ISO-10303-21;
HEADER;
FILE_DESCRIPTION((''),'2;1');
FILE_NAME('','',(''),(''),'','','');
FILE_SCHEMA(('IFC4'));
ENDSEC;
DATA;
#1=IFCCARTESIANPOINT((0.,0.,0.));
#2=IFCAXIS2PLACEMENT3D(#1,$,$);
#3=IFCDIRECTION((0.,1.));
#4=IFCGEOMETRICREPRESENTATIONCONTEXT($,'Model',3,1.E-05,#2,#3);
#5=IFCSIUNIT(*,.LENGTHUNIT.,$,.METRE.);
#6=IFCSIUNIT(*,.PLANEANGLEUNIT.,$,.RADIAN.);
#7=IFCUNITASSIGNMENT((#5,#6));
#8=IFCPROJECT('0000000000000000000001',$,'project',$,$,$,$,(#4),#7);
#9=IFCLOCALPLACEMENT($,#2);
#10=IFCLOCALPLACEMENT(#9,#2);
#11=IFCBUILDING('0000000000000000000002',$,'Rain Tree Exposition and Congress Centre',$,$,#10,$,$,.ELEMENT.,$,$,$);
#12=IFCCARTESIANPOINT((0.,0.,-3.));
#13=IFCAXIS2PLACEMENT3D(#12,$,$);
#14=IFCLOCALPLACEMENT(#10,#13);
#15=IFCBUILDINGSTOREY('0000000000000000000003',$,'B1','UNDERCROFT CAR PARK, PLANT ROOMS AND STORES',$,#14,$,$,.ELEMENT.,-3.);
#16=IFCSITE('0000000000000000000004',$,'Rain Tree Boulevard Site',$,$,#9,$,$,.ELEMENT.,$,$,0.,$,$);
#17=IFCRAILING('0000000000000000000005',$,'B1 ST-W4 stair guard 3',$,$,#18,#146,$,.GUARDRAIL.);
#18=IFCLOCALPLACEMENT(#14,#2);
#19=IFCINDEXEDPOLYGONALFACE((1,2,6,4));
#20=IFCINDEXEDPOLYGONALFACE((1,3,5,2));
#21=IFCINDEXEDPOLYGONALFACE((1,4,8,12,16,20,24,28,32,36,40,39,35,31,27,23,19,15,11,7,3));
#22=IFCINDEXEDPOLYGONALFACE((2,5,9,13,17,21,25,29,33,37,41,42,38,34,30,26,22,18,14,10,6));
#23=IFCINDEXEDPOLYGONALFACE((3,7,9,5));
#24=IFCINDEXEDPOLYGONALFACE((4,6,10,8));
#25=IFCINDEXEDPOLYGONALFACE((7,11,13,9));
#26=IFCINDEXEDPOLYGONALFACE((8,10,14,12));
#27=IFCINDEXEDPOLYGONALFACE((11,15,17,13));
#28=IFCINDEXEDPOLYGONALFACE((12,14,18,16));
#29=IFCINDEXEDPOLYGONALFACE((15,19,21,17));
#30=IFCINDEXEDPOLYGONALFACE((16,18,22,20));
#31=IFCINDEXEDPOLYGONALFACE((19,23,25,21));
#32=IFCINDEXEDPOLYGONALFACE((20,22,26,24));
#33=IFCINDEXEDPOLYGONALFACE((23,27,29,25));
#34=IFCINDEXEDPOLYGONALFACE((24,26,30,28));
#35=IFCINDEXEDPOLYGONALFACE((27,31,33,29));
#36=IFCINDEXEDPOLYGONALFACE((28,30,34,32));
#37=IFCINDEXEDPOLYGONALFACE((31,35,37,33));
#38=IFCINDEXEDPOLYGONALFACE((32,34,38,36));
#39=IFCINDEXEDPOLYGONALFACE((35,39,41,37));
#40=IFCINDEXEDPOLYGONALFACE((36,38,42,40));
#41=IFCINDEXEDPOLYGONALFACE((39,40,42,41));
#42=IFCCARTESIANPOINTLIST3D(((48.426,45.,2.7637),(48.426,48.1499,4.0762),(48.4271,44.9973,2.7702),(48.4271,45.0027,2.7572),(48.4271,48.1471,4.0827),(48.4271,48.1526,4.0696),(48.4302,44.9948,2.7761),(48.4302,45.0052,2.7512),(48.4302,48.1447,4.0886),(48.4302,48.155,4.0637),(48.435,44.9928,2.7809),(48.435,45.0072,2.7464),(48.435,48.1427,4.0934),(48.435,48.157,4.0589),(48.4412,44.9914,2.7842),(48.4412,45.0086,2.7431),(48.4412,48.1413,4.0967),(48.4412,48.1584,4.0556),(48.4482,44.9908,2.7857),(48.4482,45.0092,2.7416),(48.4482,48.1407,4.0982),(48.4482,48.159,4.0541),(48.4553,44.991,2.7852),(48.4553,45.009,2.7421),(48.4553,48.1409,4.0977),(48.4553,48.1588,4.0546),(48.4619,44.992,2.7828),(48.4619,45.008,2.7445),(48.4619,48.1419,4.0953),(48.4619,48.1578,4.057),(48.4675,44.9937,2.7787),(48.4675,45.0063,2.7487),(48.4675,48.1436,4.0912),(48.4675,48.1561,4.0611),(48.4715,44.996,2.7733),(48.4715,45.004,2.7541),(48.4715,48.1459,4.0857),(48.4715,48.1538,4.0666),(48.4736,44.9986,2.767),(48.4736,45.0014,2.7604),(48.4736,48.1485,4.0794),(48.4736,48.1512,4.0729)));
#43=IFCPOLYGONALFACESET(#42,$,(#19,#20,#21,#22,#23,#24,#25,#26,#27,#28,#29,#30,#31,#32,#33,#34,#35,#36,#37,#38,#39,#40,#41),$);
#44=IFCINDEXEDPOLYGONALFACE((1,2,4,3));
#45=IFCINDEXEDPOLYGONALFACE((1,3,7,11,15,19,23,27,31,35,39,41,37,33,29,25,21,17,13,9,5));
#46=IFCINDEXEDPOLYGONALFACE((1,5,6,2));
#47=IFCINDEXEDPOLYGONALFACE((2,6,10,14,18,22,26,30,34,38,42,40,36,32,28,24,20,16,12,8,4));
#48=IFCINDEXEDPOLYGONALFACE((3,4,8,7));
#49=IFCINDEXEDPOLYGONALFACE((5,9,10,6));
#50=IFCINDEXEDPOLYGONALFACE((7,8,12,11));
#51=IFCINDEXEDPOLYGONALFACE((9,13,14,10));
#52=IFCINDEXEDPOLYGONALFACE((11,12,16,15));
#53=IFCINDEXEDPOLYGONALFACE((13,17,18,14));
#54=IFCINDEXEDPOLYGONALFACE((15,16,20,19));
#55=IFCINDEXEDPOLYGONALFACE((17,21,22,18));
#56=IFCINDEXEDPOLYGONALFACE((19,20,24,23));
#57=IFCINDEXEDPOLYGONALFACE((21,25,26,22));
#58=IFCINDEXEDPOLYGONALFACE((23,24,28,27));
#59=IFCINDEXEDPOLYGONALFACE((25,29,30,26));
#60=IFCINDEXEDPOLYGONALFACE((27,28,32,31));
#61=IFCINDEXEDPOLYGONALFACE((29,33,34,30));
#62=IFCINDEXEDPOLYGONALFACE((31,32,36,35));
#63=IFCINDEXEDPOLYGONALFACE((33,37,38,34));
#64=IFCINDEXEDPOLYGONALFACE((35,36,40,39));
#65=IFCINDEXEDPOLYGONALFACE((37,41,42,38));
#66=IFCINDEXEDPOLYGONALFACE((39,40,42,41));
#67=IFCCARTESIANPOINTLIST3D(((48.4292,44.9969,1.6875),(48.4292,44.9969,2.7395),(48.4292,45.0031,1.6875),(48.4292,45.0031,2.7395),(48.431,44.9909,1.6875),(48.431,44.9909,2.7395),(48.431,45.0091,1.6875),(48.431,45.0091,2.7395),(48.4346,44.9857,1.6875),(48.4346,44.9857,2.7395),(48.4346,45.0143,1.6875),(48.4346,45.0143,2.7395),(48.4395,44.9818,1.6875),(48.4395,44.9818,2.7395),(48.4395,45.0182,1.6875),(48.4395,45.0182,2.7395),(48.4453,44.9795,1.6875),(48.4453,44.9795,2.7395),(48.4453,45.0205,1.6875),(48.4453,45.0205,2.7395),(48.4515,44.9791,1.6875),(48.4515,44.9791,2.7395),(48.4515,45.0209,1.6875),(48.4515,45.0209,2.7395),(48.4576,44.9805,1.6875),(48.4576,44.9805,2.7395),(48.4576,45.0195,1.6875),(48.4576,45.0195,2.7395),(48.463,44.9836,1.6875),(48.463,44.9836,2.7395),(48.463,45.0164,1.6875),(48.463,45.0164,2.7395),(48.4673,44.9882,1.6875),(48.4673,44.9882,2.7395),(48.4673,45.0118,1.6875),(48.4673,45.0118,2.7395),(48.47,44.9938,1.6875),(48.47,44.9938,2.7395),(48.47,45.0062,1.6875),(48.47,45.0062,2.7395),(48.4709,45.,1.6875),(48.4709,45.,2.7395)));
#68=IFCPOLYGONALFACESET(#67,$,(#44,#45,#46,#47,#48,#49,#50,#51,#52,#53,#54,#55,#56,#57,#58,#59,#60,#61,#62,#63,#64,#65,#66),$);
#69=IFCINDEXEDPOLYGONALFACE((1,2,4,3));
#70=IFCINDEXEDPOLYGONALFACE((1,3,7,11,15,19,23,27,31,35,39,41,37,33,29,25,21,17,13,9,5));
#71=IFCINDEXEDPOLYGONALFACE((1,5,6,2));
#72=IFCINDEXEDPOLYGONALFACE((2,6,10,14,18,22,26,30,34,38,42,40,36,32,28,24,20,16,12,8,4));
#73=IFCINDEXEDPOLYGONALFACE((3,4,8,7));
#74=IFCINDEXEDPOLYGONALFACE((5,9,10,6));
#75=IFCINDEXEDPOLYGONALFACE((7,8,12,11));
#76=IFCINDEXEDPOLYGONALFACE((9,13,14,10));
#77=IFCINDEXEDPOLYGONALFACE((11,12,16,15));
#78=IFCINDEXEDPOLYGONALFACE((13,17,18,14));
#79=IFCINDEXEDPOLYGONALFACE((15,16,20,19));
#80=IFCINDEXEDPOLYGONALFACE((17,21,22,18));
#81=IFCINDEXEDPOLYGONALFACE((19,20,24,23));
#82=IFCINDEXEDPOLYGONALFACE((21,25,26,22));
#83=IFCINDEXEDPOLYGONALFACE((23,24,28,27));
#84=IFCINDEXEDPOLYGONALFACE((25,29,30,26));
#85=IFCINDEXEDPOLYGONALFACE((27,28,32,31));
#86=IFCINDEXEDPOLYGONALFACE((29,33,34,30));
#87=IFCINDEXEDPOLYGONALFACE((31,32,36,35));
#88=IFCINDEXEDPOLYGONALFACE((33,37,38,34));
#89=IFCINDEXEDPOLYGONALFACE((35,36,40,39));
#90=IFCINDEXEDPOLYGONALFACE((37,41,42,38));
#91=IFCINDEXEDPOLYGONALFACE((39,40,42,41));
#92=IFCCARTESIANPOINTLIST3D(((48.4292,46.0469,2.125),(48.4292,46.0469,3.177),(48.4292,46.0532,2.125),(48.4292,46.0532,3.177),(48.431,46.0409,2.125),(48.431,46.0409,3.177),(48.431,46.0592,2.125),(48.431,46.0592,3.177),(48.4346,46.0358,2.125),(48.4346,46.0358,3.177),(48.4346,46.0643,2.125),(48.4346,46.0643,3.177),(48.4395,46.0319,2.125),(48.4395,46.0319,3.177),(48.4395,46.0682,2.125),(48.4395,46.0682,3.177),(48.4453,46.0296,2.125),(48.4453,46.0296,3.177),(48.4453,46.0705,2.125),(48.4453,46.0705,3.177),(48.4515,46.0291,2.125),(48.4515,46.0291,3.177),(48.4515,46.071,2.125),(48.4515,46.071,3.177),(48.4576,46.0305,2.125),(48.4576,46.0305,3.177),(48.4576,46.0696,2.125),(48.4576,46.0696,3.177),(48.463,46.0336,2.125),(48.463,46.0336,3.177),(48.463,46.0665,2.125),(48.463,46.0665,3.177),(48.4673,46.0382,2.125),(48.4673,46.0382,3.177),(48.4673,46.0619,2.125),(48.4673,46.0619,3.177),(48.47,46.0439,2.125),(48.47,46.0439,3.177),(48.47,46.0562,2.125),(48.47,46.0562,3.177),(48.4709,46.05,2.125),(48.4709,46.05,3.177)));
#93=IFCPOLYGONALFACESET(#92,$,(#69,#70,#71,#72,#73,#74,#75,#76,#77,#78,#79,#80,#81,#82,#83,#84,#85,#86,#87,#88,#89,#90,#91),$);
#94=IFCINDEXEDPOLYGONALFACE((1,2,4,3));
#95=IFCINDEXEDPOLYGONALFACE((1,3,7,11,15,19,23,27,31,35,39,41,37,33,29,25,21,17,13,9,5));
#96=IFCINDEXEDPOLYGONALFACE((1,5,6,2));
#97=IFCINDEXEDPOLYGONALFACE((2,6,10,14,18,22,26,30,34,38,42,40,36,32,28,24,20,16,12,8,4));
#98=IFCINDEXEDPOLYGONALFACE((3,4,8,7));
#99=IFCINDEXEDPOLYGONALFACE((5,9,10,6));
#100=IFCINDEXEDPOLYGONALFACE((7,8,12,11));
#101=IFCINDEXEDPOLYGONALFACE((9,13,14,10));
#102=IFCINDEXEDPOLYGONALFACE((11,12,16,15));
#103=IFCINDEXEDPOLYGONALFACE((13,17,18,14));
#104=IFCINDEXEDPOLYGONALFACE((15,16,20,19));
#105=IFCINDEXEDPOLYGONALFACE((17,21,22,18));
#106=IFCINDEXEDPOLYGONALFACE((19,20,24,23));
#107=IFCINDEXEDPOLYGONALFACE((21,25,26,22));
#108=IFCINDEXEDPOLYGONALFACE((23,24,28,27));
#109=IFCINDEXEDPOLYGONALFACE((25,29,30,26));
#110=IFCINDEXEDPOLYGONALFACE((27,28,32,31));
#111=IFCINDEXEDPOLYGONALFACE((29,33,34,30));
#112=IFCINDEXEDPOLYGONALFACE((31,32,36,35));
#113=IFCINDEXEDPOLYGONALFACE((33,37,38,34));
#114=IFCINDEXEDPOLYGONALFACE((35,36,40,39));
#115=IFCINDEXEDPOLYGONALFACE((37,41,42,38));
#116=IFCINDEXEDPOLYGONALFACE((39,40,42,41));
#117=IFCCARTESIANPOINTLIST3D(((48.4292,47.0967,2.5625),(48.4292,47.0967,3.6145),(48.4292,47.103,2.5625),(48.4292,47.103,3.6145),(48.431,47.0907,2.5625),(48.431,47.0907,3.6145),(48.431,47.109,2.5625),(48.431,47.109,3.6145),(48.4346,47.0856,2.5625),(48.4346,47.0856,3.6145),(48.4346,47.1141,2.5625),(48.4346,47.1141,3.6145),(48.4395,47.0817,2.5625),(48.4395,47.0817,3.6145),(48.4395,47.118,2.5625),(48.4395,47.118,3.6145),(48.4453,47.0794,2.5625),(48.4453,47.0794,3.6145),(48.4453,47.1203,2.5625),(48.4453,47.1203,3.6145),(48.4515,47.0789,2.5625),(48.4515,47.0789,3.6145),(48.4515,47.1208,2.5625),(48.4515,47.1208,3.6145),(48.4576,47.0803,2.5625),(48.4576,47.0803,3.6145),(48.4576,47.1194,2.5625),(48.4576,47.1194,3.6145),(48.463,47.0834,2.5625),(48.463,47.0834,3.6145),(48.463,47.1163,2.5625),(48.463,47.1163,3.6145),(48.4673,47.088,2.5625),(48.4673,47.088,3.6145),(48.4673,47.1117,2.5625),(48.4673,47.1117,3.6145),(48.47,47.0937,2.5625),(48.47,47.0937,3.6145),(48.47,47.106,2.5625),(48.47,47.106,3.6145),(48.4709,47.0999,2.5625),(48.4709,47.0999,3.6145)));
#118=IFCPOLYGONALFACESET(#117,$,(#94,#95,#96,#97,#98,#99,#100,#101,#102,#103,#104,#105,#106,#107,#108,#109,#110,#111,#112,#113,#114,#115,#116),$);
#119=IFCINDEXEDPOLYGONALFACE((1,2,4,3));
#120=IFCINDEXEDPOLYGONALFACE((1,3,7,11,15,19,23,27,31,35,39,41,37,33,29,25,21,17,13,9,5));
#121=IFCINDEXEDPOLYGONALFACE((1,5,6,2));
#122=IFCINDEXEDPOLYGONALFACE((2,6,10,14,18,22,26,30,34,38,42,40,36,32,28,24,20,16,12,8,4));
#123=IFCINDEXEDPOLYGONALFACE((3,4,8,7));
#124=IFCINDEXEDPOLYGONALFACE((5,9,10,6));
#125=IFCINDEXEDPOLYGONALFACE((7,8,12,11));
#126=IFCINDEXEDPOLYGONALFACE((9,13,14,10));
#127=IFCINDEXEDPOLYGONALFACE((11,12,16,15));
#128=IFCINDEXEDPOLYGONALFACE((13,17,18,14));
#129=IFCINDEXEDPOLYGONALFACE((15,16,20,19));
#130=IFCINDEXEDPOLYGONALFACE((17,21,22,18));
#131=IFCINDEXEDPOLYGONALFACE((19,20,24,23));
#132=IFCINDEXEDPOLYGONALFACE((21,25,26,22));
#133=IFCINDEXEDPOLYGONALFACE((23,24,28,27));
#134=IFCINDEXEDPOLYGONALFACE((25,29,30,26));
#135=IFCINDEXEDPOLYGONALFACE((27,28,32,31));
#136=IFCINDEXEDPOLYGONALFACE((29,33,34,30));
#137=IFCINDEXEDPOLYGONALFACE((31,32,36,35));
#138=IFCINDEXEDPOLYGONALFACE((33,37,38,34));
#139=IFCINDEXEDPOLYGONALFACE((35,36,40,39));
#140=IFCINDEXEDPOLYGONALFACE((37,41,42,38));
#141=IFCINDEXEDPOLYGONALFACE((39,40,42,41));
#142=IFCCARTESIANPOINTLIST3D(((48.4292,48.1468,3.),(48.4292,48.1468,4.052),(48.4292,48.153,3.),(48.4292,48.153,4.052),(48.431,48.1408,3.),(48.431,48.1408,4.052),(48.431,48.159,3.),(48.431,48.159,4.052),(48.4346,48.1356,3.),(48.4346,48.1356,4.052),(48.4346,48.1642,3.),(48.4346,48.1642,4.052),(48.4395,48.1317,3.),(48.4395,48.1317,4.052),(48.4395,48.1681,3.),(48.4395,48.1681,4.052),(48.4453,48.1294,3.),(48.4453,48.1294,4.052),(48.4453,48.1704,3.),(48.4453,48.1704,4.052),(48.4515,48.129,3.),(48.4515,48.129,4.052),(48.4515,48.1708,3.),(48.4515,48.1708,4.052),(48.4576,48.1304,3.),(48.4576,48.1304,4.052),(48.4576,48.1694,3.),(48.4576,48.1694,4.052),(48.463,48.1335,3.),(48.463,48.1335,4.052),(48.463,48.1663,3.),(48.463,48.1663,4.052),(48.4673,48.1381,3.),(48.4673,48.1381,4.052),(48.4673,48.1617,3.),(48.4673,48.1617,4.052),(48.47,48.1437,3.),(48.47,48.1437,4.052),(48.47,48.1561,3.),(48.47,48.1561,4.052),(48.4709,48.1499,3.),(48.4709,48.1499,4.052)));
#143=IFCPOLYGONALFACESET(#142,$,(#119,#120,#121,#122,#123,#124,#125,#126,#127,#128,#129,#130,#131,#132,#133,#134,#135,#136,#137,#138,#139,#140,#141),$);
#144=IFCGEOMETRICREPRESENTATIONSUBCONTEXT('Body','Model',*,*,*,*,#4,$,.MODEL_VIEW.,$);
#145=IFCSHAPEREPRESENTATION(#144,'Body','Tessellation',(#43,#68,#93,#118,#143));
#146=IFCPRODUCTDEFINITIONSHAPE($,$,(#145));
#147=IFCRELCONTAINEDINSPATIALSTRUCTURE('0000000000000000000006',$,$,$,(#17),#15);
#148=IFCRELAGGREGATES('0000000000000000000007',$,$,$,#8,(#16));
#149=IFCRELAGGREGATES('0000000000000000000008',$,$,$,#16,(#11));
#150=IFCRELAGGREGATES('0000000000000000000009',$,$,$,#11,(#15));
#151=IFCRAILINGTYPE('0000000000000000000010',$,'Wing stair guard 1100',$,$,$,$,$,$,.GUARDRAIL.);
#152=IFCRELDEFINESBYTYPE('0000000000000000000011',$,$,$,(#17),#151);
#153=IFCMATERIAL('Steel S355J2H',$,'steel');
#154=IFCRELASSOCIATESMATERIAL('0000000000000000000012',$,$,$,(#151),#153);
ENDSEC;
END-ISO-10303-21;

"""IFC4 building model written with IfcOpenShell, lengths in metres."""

from ifc_helpers import new_model, si_unit, direction, frame, origin, origin_2d, place, context, subcontext, project, spatial, circle, extrude, material, type_object, element, save


model = new_model("IFC4")

# Units and contexts
model_context = context("Model", 3, precision=1e-05, world=origin(), true_north=direction((0.0, 1.0)))
body_context = subcontext(model_context, "Body", "Model", "MODEL_VIEW")
ifc_project = project(units=[si_unit("LENGTHUNIT", "METRE"), si_unit("PLANEANGLEUNIT", "RADIAN")], contexts=[model_context])

# Site, building, storey
site_placement = place(None, origin())
site = spatial("IfcSite", under=ifc_project, at=site_placement, Name="Rain Tree Boulevard Site", CompositionType="ELEMENT", RefElevation=0.0)
building_placement = place(site_placement, origin())
building = spatial("IfcBuilding", under=site, at=building_placement, Name="Rain Tree Exposition and Congress Centre", CompositionType="ELEMENT")
storey_placement = place(building_placement, frame((0.0, 0.0, -3.0)))
storey = spatial("IfcBuildingStorey", under=building, at=storey_placement, Name="B1", Description="UNDERCROFT CAR PARK, PLANT ROOMS AND STORES", CompositionType="ELEMENT", Elevation=-3.0)

# Railing
ifc_material_1 = material(Name="Steel S355J2H", Category="steel")
railing_type_1 = type_object("IfcRailingType", Name="Wing stair guard 1100", PredefinedType="GUARDRAIL", material=ifc_material_1)
railing_1_placement = place(storey_placement, frame((48.45, 45.0, 1.6875)))
element("IfcRailing", 1, at=railing_1_placement, inside=storey, type_object=railing_type_1, Name="B1 ST-W4 stair guard 3", PredefinedType="GUARDRAIL", context=body_context, shape_type="SweptSolid", body=[
    extrude(circle(Radius=0.0239, at=origin_2d()), frame((0.0, 0.0, 1.0762), z_axis=(0.0, 0.923073, 0.384626), x_axis=(-1.0, 0.0, 0.0)), (0.0, 0.0, 1.0), 3.4124),
    extrude(circle(Radius=0.021, at=origin_2d()), origin(), (0.0, 0.0, 1.0), 1.052),
    extrude(circle(Radius=0.021, at=origin_2d()), frame((0.0, 1.05, 0.4375)), (0.0, 0.0, 1.0), 1.052),
    extrude(circle(Radius=0.021, at=origin_2d()), frame((0.0, 2.0999, 0.875)), (0.0, 0.0, 1.0), 1.052),
    extrude(circle(Radius=0.021, at=origin_2d()), frame((0.0, 3.1499, 1.3125)), (0.0, 0.0, 1.0), 1.052),
])

save(model, "model.ifc")
